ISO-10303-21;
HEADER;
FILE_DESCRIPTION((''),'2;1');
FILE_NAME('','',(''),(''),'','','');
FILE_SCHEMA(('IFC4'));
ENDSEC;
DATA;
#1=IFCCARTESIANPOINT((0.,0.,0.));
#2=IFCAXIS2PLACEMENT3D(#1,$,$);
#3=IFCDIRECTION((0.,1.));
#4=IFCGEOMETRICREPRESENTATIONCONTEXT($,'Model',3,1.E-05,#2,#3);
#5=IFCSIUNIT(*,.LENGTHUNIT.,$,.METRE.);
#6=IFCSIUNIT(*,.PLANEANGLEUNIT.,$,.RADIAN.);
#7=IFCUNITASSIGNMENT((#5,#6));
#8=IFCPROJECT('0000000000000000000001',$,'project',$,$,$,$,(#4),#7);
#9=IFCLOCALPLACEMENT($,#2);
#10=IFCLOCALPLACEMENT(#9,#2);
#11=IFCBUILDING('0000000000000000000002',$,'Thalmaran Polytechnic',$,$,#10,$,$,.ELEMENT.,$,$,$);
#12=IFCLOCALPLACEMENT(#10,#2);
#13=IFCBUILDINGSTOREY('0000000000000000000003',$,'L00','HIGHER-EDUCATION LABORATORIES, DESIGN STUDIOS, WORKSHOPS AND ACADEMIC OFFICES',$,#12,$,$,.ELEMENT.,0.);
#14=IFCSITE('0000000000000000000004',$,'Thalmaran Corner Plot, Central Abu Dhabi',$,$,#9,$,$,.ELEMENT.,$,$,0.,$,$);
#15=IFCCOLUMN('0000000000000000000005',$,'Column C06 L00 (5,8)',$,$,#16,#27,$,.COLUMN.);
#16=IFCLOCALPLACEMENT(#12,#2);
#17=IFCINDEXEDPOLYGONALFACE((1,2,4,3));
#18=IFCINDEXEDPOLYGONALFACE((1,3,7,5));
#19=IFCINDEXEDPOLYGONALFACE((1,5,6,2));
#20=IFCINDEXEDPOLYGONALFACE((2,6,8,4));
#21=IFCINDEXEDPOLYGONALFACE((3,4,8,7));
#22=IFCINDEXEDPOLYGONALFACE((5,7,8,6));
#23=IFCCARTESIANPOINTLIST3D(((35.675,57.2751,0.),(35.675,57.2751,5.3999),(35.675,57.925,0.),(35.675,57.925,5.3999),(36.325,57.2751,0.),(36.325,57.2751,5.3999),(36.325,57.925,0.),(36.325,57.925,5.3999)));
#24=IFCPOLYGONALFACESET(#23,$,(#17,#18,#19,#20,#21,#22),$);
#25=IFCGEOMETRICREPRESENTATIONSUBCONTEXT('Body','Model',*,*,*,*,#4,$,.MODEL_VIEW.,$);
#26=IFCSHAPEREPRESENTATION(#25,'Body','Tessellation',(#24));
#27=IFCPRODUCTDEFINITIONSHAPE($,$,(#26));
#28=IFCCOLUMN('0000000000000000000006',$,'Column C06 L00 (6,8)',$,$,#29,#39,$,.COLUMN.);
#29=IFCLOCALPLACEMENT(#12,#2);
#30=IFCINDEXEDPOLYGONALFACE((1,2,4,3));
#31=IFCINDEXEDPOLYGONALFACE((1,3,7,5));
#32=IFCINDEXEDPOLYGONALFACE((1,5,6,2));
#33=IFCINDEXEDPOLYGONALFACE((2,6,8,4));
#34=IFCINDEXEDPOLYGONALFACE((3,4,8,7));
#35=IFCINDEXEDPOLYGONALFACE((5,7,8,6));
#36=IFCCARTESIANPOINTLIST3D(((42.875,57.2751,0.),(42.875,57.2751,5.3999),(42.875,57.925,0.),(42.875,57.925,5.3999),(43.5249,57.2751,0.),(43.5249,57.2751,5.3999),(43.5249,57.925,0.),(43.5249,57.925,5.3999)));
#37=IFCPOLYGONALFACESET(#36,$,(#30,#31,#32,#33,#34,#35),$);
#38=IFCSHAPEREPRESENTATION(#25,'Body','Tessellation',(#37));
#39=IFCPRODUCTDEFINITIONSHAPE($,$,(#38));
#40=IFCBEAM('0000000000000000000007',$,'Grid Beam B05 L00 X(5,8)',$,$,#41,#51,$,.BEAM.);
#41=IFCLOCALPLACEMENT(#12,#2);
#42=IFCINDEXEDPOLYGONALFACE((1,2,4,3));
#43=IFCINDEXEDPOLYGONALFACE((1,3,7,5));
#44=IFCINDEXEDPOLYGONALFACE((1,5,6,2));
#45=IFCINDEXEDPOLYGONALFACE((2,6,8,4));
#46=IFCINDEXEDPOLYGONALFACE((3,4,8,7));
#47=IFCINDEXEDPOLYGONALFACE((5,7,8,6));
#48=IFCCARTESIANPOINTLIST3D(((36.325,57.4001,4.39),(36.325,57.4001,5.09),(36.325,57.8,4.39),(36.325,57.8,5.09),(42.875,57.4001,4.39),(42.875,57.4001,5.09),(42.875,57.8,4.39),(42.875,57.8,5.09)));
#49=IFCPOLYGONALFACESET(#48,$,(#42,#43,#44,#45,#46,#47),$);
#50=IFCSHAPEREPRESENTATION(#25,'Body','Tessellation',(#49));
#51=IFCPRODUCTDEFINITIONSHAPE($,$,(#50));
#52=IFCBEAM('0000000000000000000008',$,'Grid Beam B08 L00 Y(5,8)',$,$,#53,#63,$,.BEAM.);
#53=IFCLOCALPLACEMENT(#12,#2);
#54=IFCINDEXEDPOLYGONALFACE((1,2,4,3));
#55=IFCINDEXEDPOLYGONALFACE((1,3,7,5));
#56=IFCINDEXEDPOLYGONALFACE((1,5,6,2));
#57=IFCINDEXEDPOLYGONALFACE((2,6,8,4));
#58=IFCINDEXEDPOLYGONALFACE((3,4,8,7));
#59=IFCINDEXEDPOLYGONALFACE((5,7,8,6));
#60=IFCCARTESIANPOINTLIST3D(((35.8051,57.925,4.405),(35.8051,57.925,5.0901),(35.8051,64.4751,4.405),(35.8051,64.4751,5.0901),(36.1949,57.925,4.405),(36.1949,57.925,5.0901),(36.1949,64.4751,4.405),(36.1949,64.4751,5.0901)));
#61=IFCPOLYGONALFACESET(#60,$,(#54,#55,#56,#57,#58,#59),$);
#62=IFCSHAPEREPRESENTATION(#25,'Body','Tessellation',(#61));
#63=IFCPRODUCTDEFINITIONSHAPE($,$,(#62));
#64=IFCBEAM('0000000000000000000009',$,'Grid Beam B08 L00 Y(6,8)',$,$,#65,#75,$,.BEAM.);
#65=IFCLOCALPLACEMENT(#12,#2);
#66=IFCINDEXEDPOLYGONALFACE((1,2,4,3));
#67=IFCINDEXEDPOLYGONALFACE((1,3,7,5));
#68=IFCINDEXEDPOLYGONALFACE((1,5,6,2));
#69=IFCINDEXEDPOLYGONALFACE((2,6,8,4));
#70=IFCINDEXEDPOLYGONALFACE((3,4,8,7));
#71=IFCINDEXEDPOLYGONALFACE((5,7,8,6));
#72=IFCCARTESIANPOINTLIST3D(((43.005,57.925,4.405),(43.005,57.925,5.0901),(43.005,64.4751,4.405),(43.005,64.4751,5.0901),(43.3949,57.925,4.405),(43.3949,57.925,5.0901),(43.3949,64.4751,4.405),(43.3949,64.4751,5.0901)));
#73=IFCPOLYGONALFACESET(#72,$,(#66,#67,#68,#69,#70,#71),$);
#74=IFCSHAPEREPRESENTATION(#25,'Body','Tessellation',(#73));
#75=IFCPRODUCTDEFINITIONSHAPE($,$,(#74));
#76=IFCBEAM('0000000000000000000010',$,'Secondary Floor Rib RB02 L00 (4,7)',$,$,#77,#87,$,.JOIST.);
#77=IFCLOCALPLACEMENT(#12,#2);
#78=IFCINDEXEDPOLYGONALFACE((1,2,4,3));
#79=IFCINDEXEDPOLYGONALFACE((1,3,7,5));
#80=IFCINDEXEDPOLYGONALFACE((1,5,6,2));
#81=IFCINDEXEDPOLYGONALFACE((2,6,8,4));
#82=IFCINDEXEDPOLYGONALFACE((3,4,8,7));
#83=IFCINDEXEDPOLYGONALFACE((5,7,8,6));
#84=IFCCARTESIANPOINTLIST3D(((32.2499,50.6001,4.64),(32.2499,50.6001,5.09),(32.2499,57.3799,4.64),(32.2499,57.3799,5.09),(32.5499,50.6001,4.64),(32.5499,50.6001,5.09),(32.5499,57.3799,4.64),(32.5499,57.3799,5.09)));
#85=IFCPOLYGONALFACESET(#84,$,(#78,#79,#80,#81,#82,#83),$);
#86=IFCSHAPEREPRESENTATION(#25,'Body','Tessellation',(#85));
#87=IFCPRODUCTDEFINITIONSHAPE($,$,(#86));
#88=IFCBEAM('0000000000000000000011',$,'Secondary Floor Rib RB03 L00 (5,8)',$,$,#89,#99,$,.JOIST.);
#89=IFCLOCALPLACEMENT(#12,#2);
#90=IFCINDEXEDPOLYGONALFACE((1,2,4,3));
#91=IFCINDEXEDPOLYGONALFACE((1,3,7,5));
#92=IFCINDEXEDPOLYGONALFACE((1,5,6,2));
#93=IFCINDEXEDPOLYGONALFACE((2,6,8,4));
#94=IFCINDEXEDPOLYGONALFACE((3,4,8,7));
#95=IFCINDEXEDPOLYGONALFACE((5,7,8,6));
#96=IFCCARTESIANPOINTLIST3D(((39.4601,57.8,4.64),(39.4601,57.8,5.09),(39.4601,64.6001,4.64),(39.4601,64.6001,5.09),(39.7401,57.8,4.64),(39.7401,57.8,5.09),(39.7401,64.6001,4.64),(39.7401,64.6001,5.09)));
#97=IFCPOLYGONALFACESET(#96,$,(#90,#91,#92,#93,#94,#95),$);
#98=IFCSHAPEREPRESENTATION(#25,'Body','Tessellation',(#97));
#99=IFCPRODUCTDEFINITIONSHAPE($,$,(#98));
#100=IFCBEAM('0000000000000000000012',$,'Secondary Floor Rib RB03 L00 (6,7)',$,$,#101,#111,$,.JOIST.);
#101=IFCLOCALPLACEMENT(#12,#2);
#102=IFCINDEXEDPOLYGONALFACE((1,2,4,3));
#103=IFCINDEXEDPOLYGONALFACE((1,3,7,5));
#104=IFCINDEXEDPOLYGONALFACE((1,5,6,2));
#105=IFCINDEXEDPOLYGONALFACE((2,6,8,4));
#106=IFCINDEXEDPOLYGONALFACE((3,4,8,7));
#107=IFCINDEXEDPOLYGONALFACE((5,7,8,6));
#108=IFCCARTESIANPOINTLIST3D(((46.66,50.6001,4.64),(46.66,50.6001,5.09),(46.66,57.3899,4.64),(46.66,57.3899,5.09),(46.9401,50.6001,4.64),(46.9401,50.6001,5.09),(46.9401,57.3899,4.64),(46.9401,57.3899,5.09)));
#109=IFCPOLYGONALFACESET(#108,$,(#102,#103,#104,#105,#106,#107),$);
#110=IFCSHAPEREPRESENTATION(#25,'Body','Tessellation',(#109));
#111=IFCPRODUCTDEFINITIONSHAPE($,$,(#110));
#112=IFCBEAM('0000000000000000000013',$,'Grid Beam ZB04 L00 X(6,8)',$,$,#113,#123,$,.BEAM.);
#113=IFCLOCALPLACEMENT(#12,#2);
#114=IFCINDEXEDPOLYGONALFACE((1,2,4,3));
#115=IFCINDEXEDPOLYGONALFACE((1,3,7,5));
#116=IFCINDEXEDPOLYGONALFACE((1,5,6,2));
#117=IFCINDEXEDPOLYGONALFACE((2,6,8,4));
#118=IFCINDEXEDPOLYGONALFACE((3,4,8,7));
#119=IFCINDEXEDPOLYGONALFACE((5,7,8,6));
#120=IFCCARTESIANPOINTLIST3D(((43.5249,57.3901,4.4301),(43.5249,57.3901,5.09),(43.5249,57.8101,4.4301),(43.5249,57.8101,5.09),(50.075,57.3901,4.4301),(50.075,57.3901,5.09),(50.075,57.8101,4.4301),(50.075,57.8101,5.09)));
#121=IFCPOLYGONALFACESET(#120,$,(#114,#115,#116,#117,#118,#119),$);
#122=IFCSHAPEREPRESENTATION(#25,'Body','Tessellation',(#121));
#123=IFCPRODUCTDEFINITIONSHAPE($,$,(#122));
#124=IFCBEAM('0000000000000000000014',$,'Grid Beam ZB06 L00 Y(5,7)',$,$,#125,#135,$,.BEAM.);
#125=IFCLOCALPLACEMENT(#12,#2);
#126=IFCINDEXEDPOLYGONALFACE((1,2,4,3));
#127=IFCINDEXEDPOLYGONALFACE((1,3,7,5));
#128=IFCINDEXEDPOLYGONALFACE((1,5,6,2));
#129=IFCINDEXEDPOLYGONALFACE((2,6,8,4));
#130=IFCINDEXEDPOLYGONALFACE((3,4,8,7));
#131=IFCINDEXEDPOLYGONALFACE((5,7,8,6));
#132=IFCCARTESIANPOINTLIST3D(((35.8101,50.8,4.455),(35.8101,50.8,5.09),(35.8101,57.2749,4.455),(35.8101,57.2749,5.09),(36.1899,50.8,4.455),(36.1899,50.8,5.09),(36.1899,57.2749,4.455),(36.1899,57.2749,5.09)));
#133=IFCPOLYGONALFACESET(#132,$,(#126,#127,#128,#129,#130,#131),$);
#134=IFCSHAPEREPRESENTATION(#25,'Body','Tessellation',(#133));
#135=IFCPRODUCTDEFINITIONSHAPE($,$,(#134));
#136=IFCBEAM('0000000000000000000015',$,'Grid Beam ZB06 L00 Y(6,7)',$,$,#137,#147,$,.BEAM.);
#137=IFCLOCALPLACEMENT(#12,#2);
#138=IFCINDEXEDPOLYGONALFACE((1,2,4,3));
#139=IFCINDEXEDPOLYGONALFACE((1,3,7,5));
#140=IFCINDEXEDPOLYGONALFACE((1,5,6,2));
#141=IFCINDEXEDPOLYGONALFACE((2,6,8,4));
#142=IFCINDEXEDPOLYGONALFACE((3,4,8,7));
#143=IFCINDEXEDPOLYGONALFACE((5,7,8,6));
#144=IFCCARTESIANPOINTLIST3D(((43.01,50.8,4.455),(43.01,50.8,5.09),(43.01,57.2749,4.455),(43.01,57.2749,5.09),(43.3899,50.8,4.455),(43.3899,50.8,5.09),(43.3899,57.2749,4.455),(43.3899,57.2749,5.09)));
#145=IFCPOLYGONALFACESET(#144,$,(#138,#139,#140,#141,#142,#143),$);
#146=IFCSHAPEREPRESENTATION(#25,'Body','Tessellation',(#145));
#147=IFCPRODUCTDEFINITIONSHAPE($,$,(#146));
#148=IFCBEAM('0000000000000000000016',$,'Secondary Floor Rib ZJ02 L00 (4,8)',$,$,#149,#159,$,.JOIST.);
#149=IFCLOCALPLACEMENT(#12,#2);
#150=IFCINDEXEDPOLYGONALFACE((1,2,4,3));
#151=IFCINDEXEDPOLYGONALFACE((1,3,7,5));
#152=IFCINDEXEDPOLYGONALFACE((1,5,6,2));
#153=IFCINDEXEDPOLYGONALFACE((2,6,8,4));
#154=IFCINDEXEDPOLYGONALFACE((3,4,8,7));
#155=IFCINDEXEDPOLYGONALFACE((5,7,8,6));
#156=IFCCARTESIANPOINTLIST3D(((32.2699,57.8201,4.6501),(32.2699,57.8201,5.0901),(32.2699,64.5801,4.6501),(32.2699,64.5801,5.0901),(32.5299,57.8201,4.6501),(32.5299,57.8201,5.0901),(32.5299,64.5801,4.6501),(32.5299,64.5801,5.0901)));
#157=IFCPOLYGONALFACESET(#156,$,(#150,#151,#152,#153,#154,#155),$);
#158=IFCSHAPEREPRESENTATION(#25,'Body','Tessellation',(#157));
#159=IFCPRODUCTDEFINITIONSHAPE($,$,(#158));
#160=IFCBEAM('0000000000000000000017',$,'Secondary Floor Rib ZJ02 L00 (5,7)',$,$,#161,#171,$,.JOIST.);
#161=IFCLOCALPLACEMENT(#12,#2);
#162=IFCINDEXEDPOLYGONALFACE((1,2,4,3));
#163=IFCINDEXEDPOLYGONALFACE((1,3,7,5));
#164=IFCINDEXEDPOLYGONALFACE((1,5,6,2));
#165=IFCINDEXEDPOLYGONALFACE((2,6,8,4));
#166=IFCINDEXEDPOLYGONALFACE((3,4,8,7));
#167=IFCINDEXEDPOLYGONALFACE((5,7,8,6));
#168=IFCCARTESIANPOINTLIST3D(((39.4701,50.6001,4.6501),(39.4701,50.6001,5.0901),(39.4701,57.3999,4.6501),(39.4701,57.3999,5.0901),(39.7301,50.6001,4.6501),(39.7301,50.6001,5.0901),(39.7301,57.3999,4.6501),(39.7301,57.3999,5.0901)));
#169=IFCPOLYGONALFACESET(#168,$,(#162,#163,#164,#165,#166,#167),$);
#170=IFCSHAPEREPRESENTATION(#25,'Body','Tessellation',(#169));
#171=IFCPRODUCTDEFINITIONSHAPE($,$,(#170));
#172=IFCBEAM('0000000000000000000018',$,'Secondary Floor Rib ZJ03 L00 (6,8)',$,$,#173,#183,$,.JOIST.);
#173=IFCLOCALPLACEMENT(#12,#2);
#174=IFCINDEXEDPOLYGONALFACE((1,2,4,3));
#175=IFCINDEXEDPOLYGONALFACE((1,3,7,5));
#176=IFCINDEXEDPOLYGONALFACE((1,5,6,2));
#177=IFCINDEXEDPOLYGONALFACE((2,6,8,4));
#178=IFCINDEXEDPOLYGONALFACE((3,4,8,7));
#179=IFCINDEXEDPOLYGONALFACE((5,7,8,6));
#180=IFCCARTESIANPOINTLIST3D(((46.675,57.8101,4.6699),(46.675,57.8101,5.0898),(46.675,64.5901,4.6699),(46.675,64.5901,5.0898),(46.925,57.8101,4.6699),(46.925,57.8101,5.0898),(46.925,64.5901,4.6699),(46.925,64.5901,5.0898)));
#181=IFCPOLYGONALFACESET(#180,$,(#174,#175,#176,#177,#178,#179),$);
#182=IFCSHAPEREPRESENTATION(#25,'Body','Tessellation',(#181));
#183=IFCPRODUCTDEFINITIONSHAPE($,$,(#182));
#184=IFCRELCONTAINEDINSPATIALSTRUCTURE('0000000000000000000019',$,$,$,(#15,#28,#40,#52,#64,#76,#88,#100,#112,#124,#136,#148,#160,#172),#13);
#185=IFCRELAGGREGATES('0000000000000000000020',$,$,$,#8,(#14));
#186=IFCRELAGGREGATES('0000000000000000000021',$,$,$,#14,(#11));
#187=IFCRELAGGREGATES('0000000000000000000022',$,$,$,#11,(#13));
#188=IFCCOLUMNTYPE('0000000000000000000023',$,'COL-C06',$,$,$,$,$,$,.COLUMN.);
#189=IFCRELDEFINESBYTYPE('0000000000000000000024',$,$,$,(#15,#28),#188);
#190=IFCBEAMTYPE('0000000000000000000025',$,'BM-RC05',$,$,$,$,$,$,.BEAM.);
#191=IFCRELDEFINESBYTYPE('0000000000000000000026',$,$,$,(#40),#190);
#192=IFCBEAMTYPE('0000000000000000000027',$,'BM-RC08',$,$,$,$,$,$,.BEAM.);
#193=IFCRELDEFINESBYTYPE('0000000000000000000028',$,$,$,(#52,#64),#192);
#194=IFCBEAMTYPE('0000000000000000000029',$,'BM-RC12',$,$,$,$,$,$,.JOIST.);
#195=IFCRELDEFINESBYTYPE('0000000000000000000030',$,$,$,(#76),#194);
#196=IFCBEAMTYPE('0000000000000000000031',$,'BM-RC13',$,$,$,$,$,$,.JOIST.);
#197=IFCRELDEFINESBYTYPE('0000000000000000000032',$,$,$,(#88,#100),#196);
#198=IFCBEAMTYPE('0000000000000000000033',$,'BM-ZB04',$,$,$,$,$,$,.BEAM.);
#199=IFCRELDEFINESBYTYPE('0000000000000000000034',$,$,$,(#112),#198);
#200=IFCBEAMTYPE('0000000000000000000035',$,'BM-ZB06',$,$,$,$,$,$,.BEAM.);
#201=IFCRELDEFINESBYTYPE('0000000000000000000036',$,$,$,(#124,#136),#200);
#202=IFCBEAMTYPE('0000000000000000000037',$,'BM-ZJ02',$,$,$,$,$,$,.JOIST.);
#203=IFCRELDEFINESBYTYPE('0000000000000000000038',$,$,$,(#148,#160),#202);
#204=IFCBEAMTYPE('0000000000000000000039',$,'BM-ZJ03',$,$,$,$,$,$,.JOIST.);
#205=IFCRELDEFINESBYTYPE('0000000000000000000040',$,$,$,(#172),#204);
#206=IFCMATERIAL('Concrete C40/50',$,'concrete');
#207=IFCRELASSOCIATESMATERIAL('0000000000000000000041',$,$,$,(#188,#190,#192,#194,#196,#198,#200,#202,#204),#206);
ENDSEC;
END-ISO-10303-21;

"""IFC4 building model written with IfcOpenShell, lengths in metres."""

from ifc_helpers import new_model, si_unit, direction, frame, origin, origin_2d, place, context, subcontext, project, spatial, rectangle, extrude, material, material_profile, profile_set, type_object, element, save


model = new_model("IFC4")

# Units and contexts
model_context = context("Model", 3, precision=1e-05, world=origin(), true_north=direction((0.0, 1.0)))
body_context = subcontext(model_context, "Body", "Model", "MODEL_VIEW")
ifc_project = project(units=[si_unit("LENGTHUNIT", "METRE"), si_unit("PLANEANGLEUNIT", "RADIAN")], contexts=[model_context])

# Site, building, storey
site_placement = place(None, origin())
site = spatial("IfcSite", under=ifc_project, at=site_placement, Name="Thalmaran Corner Plot, Central Abu Dhabi", CompositionType="ELEMENT", RefElevation=0.0)
building_placement = place(site_placement, origin())
building = spatial("IfcBuilding", under=site, at=building_placement, Name="Thalmaran Polytechnic", CompositionType="ELEMENT")
storey_placement = place(building_placement, origin())
storey = spatial("IfcBuildingStorey", under=building, at=storey_placement, Name="L00", Description="HIGHER-EDUCATION LABORATORIES, DESIGN STUDIOS, WORKSHOPS AND ACADEMIC OFFICES", CompositionType="ELEMENT", Elevation=0.0)

# Columns
ifc_material_1 = material(Name="Concrete C40/50", Category="concrete")
ifc_material_profile_1 = material_profile(ifc_material_1, rectangle(XDim=0.6499, YDim=0.6499, at=origin_2d()), Name="RC 650x650")
ifc_profile_set_1 = profile_set([ifc_material_profile_1], Name="Concrete C40/50")
column_type = type_object("IfcColumnType", Name="COL-C06", PredefinedType="COLUMN", material=ifc_profile_set_1)
for number, where, z_axis, x_axis, name in (
    (1, (36.0, 57.6001, 0.0), (0.0, 0.0, 1.0), (1.0, 0.0, 0.0), "Column C06 L00 (5,8)"),
    (2, (43.2, 57.6001, 0.0), (0.0, 0.0, 1.0), (1.0, 0.0, 0.0), "Column C06 L00 (6,8)"),
):
    element("IfcColumn", number, at=place(storey_placement, frame(where, z_axis=z_axis, x_axis=x_axis)), inside=storey, type_object=column_type, Name=name, PredefinedType="COLUMN", context=body_context, shape_type="SweptSolid", body=[
        extrude(rectangle(XDim=0.6499, YDim=0.6499, at=origin_2d()), origin(), (0.0, 0.0, 1.0), 5.3999),
    ])

# Beams
ifc_material_profile_2 = material_profile(ifc_material_1, rectangle(XDim=0.3999, YDim=0.7, at=origin_2d()), Name="RC 400x700")
ifc_profile_set_2 = profile_set([ifc_material_profile_2], Name="Concrete C40/50")
beam_type_1 = type_object("IfcBeamType", Name="BM-RC05", PredefinedType="BEAM", material=ifc_profile_set_2)
beam_1_placement = place(storey_placement, frame((36.325, 57.6001, 4.74), z_axis=(1.0, 0.0, 0.0), x_axis=(0.0, 1.0, 0.0)))
element("IfcBeam", 3, at=beam_1_placement, inside=storey, type_object=beam_type_1, Name="Grid Beam B05 L00 X(5,8)", PredefinedType="BEAM", context=body_context, shape_type="SweptSolid", body=[
    extrude(rectangle(XDim=0.3999, YDim=0.7, at=origin_2d()), origin(), (0.0, 0.0, 1.0), 6.55),
])
ifc_material_profile_3 = material_profile(ifc_material_1, rectangle(XDim=0.3899, YDim=0.6851, at=origin_2d()), Name="RC 390x685")
ifc_profile_set_3 = profile_set([ifc_material_profile_3], Name="Concrete C40/50")
beam_type_2 = type_object("IfcBeamType", Name="BM-RC08", PredefinedType="BEAM", material=ifc_profile_set_3)
for number, where, z_axis, x_axis, name in (
    (4, (36.0, 57.925, 4.7476), (0.0, 1.0, 0.0), (-1.0, 0.0, 0.0), "Grid Beam B08 L00 Y(5,8)"),
    (5, (43.2, 57.925, 4.7476), (0.0, 1.0, 0.0), (-1.0, 0.0, 0.0), "Grid Beam B08 L00 Y(6,8)"),
):
    element("IfcBeam", number, at=place(storey_placement, frame(where, z_axis=z_axis, x_axis=x_axis)), inside=storey, type_object=beam_type_2, Name=name, PredefinedType="BEAM", context=body_context, shape_type="SweptSolid", body=[
        extrude(rectangle(XDim=0.3899, YDim=0.6851, at=origin_2d()), origin(), (0.0, 0.0, 1.0), 6.55),
    ])
ifc_material_profile_4 = material_profile(ifc_material_1, rectangle(XDim=0.3, YDim=0.45, at=origin_2d()), Name="RC 300x450")
ifc_profile_set_4 = profile_set([ifc_material_profile_4], Name="Concrete C40/50")
beam_type_3 = type_object("IfcBeamType", Name="BM-RC12", PredefinedType="JOIST", material=ifc_profile_set_4)
beam_2_placement = place(storey_placement, frame((32.3999, 50.6001, 4.865), z_axis=(0.0, 1.0, 0.0), x_axis=(-1.0, 0.0, 0.0)))
element("IfcBeam", 6, at=beam_2_placement, inside=storey, type_object=beam_type_3, Name="Secondary Floor Rib RB02 L00 (4,7)", PredefinedType="JOIST", context=body_context, shape_type="SweptSolid", body=[
    extrude(rectangle(XDim=0.3, YDim=0.45, at=origin_2d()), origin(), (0.0, 0.0, 1.0), 6.7798),
])
ifc_material_profile_5 = material_profile(ifc_material_1, rectangle(XDim=0.28, YDim=0.45, at=origin_2d()), Name="RC 280x450")
ifc_profile_set_5 = profile_set([ifc_material_profile_5], Name="Concrete C40/50")
beam_type_4 = type_object("IfcBeamType", Name="BM-RC13", PredefinedType="JOIST", material=ifc_profile_set_5)
beam_3_placement = place(storey_placement, frame((39.6001, 57.8, 4.865), z_axis=(0.0, 1.0, 0.0), x_axis=(-1.0, 0.0, 0.0)))
element("IfcBeam", 7, at=beam_3_placement, inside=storey, type_object=beam_type_4, Name="Secondary Floor Rib RB03 L00 (5,8)", PredefinedType="JOIST", context=body_context, shape_type="SweptSolid", body=[
    extrude(rectangle(XDim=0.28, YDim=0.45, at=origin_2d()), origin(), (0.0, 0.0, 1.0), 6.8),
])
beam_4_placement = place(storey_placement, frame((46.8, 50.6001, 4.865), z_axis=(0.0, 1.0, 0.0), x_axis=(-1.0, 0.0, 0.0)))
element("IfcBeam", 8, at=beam_4_placement, inside=storey, type_object=beam_type_4, Name="Secondary Floor Rib RB03 L00 (6,7)", PredefinedType="JOIST", context=body_context, shape_type="SweptSolid", body=[
    extrude(rectangle(XDim=0.28, YDim=0.45, at=origin_2d()), origin(), (0.0, 0.0, 1.0), 6.7898),
])
ifc_material_profile_6 = material_profile(ifc_material_1, rectangle(XDim=0.4199, YDim=0.6599, at=origin_2d()), Name="RC 420x660")
ifc_profile_set_6 = profile_set([ifc_material_profile_6], Name="Concrete C40/50")
beam_type_5 = type_object("IfcBeamType", Name="BM-ZB04", PredefinedType="BEAM", material=ifc_profile_set_6)
beam_5_placement = place(storey_placement, frame((43.5249, 57.6001, 4.76), z_axis=(1.0, 0.0, 0.0), x_axis=(0.0, 1.0, 0.0)))
element("IfcBeam", 9, at=beam_5_placement, inside=storey, type_object=beam_type_5, Name="Grid Beam ZB04 L00 X(6,8)", PredefinedType="BEAM", context=body_context, shape_type="SweptSolid", body=[
    extrude(rectangle(XDim=0.4199, YDim=0.6599, at=origin_2d()), origin(), (0.0, 0.0, 1.0), 6.55),
])
ifc_material_profile_7 = material_profile(ifc_material_1, rectangle(XDim=0.3799, YDim=0.635, at=origin_2d()), Name="RC 380x635")
ifc_profile_set_7 = profile_set([ifc_material_profile_7], Name="Concrete C40/50")
beam_type_6 = type_object("IfcBeamType", Name="BM-ZB06", PredefinedType="BEAM", material=ifc_profile_set_7)
for number, where, z_axis, x_axis, name in (
    (10, (36.0, 50.8, 4.7725), (0.0, 1.0, 0.0), (-1.0, 0.0, 0.0), "Grid Beam ZB06 L00 Y(5,7)"),
    (11, (43.2, 50.8, 4.7725), (0.0, 1.0, 0.0), (-1.0, 0.0, 0.0), "Grid Beam ZB06 L00 Y(6,7)"),
):
    element("IfcBeam", number, at=place(storey_placement, frame(where, z_axis=z_axis, x_axis=x_axis)), inside=storey, type_object=beam_type_6, Name=name, PredefinedType="BEAM", context=body_context, shape_type="SweptSolid", body=[
        extrude(rectangle(XDim=0.3799, YDim=0.635, at=origin_2d()), origin(), (0.0, 0.0, 1.0), 6.4749),
    ])
ifc_material_profile_8 = material_profile(ifc_material_1, rectangle(XDim=0.26, YDim=0.4399, at=origin_2d()), Name="RC 260x440")
ifc_profile_set_8 = profile_set([ifc_material_profile_8], Name="Concrete C40/50")
beam_type_7 = type_object("IfcBeamType", Name="BM-ZJ02", PredefinedType="JOIST", material=ifc_profile_set_8)
beam_6_placement = place(storey_placement, frame((32.3999, 57.8201, 4.8701), z_axis=(0.0, 1.0, 0.0), x_axis=(-1.0, 0.0, 0.0)))
element("IfcBeam", 12, at=beam_6_placement, inside=storey, type_object=beam_type_7, Name="Secondary Floor Rib ZJ02 L00 (4,8)", PredefinedType="JOIST", context=body_context, shape_type="SweptSolid", body=[
    extrude(rectangle(XDim=0.26, YDim=0.4399, at=origin_2d()), origin(), (0.0, 0.0, 1.0), 6.76),
])
beam_7_placement = place(storey_placement, frame((39.6001, 50.6001, 4.8701), z_axis=(0.0, 1.0, 0.0), x_axis=(-1.0, 0.0, 0.0)))
element("IfcBeam", 13, at=beam_7_placement, inside=storey, type_object=beam_type_7, Name="Secondary Floor Rib ZJ02 L00 (5,7)", PredefinedType="JOIST", context=body_context, shape_type="SweptSolid", body=[
    extrude(rectangle(XDim=0.26, YDim=0.4399, at=origin_2d()), origin(), (0.0, 0.0, 1.0), 6.7998),
])
ifc_material_profile_9 = material_profile(ifc_material_1, rectangle(XDim=0.25, YDim=0.4199, at=origin_2d()), Name="RC 250x420")
ifc_profile_set_9 = profile_set([ifc_material_profile_9], Name="Concrete C40/50")
beam_type_8 = type_object("IfcBeamType", Name="BM-ZJ03", PredefinedType="JOIST", material=ifc_profile_set_9)
beam_8_placement = place(storey_placement, frame((46.8, 57.8101, 4.8799), z_axis=(0.0, 1.0, 0.0), x_axis=(-1.0, 0.0, 0.0)))
element("IfcBeam", 14, at=beam_8_placement, inside=storey, type_object=beam_type_8, Name="Secondary Floor Rib ZJ03 L00 (6,8)", PredefinedType="JOIST", context=body_context, shape_type="SweptSolid", body=[
    extrude(rectangle(XDim=0.25, YDim=0.4199, at=origin_2d()), origin(), (0.0, 0.0, 1.0), 6.78),
])

save(model, "model.ifc")
